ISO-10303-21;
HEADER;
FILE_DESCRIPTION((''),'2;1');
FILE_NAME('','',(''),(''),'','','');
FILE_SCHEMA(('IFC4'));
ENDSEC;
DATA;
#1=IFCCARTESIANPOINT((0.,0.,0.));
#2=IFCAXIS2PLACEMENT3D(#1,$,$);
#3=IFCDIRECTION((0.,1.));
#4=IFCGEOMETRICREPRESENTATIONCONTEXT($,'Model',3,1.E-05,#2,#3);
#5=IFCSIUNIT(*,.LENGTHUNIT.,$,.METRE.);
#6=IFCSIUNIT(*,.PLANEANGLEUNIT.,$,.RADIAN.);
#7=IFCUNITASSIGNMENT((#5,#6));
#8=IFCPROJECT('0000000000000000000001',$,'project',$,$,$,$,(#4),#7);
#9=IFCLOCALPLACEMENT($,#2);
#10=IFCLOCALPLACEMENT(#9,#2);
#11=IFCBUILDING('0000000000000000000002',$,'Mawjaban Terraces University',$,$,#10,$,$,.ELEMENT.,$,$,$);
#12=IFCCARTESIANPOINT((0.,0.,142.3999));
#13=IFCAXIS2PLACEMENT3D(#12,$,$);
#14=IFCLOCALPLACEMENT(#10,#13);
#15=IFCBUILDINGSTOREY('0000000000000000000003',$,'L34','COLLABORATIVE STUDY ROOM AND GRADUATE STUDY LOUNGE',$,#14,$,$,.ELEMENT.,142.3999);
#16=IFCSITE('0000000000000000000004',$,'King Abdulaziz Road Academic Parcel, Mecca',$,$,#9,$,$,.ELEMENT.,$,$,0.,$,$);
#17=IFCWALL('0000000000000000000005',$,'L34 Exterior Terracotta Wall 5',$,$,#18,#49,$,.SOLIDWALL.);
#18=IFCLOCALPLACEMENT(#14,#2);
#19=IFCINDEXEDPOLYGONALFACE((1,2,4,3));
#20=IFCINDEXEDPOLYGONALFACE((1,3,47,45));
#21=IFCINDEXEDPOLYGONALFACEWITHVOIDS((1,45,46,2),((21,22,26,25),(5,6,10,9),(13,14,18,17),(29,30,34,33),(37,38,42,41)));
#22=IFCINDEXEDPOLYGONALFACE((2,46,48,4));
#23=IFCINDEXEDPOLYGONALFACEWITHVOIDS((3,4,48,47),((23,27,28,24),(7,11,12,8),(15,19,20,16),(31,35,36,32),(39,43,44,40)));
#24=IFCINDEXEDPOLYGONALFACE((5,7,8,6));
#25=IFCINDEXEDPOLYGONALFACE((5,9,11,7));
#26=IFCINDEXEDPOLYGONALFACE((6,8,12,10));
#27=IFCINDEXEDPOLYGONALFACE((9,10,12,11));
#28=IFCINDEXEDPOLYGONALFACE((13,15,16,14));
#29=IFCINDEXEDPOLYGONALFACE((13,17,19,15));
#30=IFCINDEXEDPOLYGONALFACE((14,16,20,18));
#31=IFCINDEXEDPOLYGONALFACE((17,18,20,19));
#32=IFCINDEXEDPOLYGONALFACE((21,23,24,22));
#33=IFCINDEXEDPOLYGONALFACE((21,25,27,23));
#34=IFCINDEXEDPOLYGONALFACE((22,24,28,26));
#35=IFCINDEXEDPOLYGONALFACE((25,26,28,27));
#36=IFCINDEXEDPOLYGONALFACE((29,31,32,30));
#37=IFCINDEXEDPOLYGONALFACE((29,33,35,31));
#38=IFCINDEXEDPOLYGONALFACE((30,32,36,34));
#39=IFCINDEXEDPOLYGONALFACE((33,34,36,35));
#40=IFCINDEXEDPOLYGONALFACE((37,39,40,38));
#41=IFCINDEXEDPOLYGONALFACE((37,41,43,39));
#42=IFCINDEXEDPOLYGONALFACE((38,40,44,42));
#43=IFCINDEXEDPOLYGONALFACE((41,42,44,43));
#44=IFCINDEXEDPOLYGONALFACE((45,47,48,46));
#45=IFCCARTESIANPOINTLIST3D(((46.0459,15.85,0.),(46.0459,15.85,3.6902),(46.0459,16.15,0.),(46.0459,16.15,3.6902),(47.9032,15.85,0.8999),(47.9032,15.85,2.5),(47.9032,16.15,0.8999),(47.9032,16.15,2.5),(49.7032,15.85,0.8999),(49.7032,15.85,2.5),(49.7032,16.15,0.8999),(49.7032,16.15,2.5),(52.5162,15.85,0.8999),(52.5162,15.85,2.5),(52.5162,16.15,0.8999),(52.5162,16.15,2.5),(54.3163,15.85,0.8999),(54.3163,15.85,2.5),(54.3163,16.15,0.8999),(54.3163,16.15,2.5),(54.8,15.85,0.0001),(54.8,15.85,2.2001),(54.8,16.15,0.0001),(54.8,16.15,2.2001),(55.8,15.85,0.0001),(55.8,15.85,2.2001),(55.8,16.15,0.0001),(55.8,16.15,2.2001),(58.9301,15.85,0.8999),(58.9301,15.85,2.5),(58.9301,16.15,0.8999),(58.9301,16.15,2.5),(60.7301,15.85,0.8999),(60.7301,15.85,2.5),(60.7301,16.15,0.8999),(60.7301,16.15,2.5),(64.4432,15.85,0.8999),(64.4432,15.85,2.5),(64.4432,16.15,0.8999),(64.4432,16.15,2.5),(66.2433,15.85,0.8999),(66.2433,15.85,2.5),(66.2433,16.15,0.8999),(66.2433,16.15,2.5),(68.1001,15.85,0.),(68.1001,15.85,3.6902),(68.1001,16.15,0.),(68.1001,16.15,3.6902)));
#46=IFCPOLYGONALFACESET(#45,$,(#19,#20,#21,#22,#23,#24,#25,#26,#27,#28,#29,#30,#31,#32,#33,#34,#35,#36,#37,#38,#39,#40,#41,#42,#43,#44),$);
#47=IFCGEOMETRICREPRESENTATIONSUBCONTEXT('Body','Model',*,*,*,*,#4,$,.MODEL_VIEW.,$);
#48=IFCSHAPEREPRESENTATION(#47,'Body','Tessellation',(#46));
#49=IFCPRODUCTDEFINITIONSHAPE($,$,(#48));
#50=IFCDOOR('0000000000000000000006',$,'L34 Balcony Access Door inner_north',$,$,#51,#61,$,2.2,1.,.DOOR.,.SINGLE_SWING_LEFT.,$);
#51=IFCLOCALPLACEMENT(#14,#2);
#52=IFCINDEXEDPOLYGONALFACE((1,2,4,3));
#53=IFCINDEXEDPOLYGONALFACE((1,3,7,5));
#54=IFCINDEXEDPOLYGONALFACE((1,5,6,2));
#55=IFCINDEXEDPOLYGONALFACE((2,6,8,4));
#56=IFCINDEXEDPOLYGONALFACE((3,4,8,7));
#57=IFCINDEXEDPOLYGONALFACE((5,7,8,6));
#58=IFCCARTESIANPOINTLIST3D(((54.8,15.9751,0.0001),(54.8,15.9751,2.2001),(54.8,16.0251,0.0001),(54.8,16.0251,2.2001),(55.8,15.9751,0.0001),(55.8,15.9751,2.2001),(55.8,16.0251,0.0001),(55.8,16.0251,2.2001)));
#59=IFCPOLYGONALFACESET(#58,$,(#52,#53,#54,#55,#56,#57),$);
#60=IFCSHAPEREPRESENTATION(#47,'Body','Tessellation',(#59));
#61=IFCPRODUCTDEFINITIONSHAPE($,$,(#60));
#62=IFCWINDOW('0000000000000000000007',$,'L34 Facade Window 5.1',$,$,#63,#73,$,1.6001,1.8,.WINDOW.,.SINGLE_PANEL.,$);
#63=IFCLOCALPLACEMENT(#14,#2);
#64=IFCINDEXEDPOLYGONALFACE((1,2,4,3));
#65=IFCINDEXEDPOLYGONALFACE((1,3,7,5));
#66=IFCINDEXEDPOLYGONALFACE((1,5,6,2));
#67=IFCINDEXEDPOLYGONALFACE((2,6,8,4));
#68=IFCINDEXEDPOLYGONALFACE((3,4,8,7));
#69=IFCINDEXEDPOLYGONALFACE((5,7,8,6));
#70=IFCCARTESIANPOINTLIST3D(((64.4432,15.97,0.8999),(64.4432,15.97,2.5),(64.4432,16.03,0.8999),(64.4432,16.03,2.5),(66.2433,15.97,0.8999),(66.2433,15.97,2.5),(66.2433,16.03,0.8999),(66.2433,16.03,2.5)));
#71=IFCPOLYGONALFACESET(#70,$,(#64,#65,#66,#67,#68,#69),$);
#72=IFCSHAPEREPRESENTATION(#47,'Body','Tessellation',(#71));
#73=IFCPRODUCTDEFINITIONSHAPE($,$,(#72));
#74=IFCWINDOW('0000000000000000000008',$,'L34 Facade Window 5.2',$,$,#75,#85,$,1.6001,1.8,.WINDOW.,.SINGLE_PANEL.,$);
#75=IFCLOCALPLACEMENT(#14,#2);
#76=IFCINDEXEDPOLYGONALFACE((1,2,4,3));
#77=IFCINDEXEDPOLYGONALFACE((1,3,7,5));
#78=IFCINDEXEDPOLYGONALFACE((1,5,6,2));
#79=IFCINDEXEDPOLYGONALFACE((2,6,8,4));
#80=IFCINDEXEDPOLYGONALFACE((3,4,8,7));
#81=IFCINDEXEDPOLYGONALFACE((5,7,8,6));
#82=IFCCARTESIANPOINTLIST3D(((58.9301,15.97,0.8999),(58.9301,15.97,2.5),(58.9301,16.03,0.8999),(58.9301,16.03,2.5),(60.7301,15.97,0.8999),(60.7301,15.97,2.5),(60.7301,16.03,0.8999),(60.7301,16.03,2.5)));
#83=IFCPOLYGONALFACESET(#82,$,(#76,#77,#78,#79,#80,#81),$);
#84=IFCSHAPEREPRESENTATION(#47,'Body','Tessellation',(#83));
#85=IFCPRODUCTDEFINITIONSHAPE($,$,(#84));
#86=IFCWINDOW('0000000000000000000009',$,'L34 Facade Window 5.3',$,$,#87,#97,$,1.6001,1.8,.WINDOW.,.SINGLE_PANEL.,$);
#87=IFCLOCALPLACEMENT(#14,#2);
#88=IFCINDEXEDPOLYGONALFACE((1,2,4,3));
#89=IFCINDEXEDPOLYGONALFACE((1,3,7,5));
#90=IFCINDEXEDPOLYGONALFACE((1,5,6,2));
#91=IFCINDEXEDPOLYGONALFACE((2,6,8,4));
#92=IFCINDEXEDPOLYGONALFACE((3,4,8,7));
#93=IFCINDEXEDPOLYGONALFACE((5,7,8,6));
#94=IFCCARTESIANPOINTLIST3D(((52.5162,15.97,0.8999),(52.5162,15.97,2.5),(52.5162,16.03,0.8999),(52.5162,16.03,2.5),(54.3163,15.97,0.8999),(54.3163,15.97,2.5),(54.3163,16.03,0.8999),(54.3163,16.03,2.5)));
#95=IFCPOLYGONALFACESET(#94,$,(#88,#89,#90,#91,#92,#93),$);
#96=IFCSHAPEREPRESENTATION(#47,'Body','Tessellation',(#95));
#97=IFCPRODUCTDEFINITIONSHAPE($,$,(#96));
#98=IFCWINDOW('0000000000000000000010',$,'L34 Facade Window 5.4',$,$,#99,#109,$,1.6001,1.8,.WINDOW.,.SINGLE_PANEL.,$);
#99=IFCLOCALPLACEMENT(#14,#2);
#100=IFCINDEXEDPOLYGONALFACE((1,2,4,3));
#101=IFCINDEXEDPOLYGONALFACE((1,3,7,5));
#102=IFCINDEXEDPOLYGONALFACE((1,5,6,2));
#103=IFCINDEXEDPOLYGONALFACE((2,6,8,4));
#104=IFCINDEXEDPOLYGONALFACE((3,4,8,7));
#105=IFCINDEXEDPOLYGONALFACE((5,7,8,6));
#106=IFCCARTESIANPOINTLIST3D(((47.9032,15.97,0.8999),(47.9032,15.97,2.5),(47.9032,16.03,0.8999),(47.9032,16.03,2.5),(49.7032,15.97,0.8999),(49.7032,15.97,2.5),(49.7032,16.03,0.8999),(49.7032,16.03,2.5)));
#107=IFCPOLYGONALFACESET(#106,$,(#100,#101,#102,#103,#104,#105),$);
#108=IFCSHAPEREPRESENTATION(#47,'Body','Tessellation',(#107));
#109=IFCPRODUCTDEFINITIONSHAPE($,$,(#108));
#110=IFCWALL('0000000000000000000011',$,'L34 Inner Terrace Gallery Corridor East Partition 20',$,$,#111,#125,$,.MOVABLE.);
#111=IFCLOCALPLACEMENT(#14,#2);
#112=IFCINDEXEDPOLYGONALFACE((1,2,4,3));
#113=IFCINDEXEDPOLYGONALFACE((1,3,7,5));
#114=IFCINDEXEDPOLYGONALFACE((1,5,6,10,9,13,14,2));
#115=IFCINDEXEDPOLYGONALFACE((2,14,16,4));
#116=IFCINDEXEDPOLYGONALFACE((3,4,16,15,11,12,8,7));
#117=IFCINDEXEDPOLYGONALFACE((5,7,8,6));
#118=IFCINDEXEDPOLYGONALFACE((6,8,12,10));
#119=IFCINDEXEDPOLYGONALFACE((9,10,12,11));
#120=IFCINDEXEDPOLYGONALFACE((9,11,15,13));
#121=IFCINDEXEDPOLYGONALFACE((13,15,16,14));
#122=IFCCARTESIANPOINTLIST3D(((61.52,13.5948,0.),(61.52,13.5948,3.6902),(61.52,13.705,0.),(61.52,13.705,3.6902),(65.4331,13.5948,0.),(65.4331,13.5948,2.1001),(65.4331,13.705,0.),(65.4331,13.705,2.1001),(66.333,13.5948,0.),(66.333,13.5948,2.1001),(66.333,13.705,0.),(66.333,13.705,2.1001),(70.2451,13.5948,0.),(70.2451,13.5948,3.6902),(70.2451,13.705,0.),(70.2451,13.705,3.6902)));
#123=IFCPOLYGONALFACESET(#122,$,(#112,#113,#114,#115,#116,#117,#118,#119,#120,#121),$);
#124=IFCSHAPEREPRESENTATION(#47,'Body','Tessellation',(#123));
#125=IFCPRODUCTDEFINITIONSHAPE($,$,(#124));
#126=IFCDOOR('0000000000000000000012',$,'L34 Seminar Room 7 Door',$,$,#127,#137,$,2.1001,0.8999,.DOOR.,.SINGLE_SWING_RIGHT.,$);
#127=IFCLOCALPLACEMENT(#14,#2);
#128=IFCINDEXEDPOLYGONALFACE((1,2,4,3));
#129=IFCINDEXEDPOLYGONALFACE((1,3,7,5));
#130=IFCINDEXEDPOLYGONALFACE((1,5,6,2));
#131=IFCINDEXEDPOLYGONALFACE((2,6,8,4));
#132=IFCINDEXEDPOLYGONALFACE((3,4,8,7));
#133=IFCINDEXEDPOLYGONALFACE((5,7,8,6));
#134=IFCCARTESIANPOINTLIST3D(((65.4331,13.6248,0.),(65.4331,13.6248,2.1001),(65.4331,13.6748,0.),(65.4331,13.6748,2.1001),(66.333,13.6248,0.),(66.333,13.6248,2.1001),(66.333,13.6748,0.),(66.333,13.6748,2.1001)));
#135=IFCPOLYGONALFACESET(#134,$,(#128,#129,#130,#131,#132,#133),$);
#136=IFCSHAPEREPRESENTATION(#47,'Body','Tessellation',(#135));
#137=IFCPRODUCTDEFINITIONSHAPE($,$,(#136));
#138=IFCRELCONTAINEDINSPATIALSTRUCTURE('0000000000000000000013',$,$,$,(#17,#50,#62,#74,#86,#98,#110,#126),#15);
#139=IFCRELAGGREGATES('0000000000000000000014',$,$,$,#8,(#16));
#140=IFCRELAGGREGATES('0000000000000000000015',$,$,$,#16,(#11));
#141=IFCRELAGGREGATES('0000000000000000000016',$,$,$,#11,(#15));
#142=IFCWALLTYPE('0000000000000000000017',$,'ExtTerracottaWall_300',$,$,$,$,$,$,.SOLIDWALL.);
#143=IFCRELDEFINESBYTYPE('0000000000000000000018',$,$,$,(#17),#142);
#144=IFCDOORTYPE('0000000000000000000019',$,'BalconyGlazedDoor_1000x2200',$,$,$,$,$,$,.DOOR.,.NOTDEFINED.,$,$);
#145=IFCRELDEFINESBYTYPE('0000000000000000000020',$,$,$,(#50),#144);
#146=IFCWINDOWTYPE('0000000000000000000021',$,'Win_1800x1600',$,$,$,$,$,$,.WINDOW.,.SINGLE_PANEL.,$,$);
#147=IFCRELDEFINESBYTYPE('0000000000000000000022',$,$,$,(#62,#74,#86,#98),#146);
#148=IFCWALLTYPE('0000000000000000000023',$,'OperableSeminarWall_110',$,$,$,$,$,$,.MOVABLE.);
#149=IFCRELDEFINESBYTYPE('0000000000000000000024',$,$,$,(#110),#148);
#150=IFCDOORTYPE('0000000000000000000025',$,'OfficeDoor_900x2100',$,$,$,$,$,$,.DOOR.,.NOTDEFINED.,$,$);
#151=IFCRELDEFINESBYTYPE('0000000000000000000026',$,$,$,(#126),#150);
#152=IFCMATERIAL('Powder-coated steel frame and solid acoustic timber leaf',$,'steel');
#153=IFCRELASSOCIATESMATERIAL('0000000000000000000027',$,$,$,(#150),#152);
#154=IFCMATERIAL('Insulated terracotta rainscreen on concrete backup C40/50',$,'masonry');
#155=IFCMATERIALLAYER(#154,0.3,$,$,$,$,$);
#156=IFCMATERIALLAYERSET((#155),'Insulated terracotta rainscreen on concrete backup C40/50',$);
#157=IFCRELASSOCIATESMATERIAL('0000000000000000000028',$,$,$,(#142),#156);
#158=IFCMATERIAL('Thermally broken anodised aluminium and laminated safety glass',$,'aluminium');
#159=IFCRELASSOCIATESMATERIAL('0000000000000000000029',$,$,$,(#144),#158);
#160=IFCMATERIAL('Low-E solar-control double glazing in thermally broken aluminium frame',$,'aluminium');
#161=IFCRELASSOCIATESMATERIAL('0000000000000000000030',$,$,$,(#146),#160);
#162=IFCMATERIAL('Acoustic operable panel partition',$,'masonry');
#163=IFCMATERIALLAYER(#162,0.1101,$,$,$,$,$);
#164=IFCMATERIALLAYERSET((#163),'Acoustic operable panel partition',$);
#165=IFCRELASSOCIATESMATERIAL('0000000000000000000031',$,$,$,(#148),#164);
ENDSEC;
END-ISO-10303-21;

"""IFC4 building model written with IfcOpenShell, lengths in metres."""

from ifc_helpers import new_model, si_unit, direction, frame, frame_2d, origin, place, context, subcontext, project, spatial, rectangle, extrude, material, layer, layer_set, type_object, element, fill, save


model = new_model("IFC4")

# Units and contexts
model_context = context("Model", 3, precision=1e-05, world=origin(), true_north=direction((0.0, 1.0)))
body_context = subcontext(model_context, "Body", "Model", "MODEL_VIEW")
ifc_project = project(units=[si_unit("LENGTHUNIT", "METRE"), si_unit("PLANEANGLEUNIT", "RADIAN")], contexts=[model_context])

# Site, building, storey
site_placement = place(None, origin())
site = spatial("IfcSite", under=ifc_project, at=site_placement, Name="King Abdulaziz Road Academic Parcel, Mecca", CompositionType="ELEMENT", RefElevation=0.0)
building_placement = place(site_placement, origin())
building = spatial("IfcBuilding", under=site, at=building_placement, Name="Mawjaban Terraces University", CompositionType="ELEMENT")
storey_placement = place(building_placement, frame((0.0, 0.0, 142.3999)))
storey = spatial("IfcBuildingStorey", under=building, at=storey_placement, Name="L34", Description="COLLABORATIVE STUDY ROOM AND GRADUATE STUDY LOUNGE", CompositionType="ELEMENT", Elevation=142.3999)

# Shared definitions
ifc_material_1 = material(Name="Powder-coated steel frame and solid acoustic timber leaf", Category="steel")
door_type_1 = type_object("IfcDoorType", Name="OfficeDoor_900x2100", OperationType="NOTDEFINED", PredefinedType="DOOR", material=ifc_material_1)

# Shared definitions
ifc_material_2 = material(Name="Insulated terracotta rainscreen on concrete backup C40/50", Category="masonry")
ifc_layer_1 = layer(ifc_material_2, 0.3)
ifc_layer_set_1 = layer_set([ifc_layer_1], Name="Insulated terracotta rainscreen on concrete backup C40/50")
wall_type_1 = type_object("IfcWallType", Name="ExtTerracottaWall_300", PredefinedType="SOLIDWALL", material=ifc_layer_set_1)

# Wall, openings, door, windows
wall_1_placement = place(storey_placement, frame((68.1001, 16.0, 0.0), z_axis=(0.0, 0.0, 1.0), x_axis=(-1.0, 0.0, 0.0)))
wall_1 = element("IfcWall", 1, at=wall_1_placement, inside=storey, type_object=wall_type_1, Name="L34 Exterior Terracotta Wall 5", PredefinedType="SOLIDWALL", context=body_context, shape_type="SweptSolid", body=[
    extrude(rectangle(XDim=22.0542, YDim=0.3, at=frame_2d((11.0271, 0.0))), origin(), (0.0, 0.0, 1.0), 3.6902),
])
opening_1_placement = place(wall_1_placement, frame((12.3, 0.0, 0.0)))
opening_1 = element("IfcOpeningElement", 2, at=opening_1_placement, cuts=wall_1, PredefinedType="OPENING", context=body_context, shape_type="SweptSolid", body=[
    extrude(rectangle(XDim=1.0, YDim=2.2, at=frame_2d((0.5, 1.1001))), frame((0.0, 0.1599, 0.0), z_axis=(0.0, -1.0, 0.0), x_axis=(1.0, 0.0, 0.0)), (0.0, 0.0, 1.0), 0.3201),
])
opening_2_placement = place(wall_1_placement, frame((1.8569, 0.0, 0.8999)))
opening_2 = element("IfcOpeningElement", 3, at=opening_2_placement, cuts=wall_1, PredefinedType="OPENING", context=body_context, shape_type="SweptSolid", body=[
    extrude(rectangle(XDim=1.8, YDim=1.6001, at=frame_2d((0.8999, 0.8))), frame((0.0, 0.1599, 0.0), z_axis=(0.0, -1.0, 0.0), x_axis=(1.0, 0.0, 0.0)), (0.0, 0.0, 1.0), 0.3201),
])
opening_3_placement = place(wall_1_placement, frame((7.3701, 0.0, 0.8999)))
opening_3 = element("IfcOpeningElement", 4, at=opening_3_placement, cuts=wall_1, PredefinedType="OPENING", context=body_context, shape_type="SweptSolid", body=[
    extrude(rectangle(XDim=1.8, YDim=1.6001, at=frame_2d((0.8999, 0.8))), frame((0.0, 0.1599, 0.0), z_axis=(0.0, -1.0, 0.0), x_axis=(1.0, 0.0, 0.0)), (0.0, 0.0, 1.0), 0.3201),
])
opening_4_placement = place(wall_1_placement, frame((13.7839, 0.0, 0.8999)))
opening_4 = element("IfcOpeningElement", 5, at=opening_4_placement, cuts=wall_1, PredefinedType="OPENING", context=body_context, shape_type="SweptSolid", body=[
    extrude(rectangle(XDim=1.8, YDim=1.6001, at=frame_2d((0.8999, 0.8))), frame((0.0, 0.1599, 0.0), z_axis=(0.0, -1.0, 0.0), x_axis=(1.0, 0.0, 0.0)), (0.0, 0.0, 1.0), 0.3201),
])
opening_5_placement = place(wall_1_placement, frame((18.397, 0.0, 0.8999)))
opening_5 = element("IfcOpeningElement", 6, at=opening_5_placement, cuts=wall_1, PredefinedType="OPENING", context=body_context, shape_type="SweptSolid", body=[
    extrude(rectangle(XDim=1.8, YDim=1.6001, at=frame_2d((0.8999, 0.8))), frame((0.0, 0.1599, 0.0), z_axis=(0.0, -1.0, 0.0), x_axis=(1.0, 0.0, 0.0)), (0.0, 0.0, 1.0), 0.3201),
])
ifc_material_3 = material(Name="Thermally broken anodised aluminium and laminated safety glass", Category="aluminium")
door_type_2 = type_object("IfcDoorType", Name="BalconyGlazedDoor_1000x2200", OperationType="NOTDEFINED", PredefinedType="DOOR", material=ifc_material_3)
door_1_placement = place(opening_1_placement, origin())
door_1 = element("IfcDoor", 7, at=door_1_placement, inside=storey, type_object=door_type_2, Name="L34 Balcony Access Door inner_north", OperationType="SINGLE_SWING_LEFT", OverallHeight=2.2, OverallWidth=1.0, PredefinedType="DOOR", context=body_context, shape_type="SweptSolid", body=[
    extrude(rectangle(XDim=1.0, YDim=2.2, at=frame_2d((0.5, 1.1001))), frame((0.0, 0.0249, 0.0), z_axis=(0.0, -1.0, 0.0), x_axis=(1.0, 0.0, 0.0)), (0.0, 0.0, 1.0), 0.05),
])
fill(opening_1, door_1)
ifc_material_4 = material(Name="Low-E solar-control double glazing in thermally broken aluminium frame", Category="aluminium")
window_type = type_object("IfcWindowType", Name="Win_1800x1600", PartitioningType="SINGLE_PANEL", PredefinedType="WINDOW", material=ifc_material_4)
window_1_placement = place(opening_2_placement, origin())
window_1 = element("IfcWindow", 8, at=window_1_placement, inside=storey, type_object=window_type, Name="L34 Facade Window 5.1", OverallHeight=1.6001, OverallWidth=1.8, PartitioningType="SINGLE_PANEL", PredefinedType="WINDOW", context=body_context, shape_type="SweptSolid", body=[
    extrude(rectangle(XDim=1.8, YDim=1.6001, at=frame_2d((0.8999, 0.8))), frame((0.0, 0.03, 0.0), z_axis=(0.0, -1.0, 0.0), x_axis=(1.0, 0.0, 0.0)), (0.0, 0.0, 1.0), 0.0601),
])
fill(opening_2, window_1)
window_2_placement = place(opening_3_placement, origin())
window_2 = element("IfcWindow", 9, at=window_2_placement, inside=storey, type_object=window_type, Name="L34 Facade Window 5.2", OverallHeight=1.6001, OverallWidth=1.8, PartitioningType="SINGLE_PANEL", PredefinedType="WINDOW", context=body_context, shape_type="SweptSolid", body=[
    extrude(rectangle(XDim=1.8, YDim=1.6001, at=frame_2d((0.8999, 0.8))), frame((0.0, 0.03, 0.0), z_axis=(0.0, -1.0, 0.0), x_axis=(1.0, 0.0, 0.0)), (0.0, 0.0, 1.0), 0.0601),
])
fill(opening_3, window_2)
window_3_placement = place(opening_4_placement, origin())
window_3 = element("IfcWindow", 10, at=window_3_placement, inside=storey, type_object=window_type, Name="L34 Facade Window 5.3", OverallHeight=1.6001, OverallWidth=1.8, PartitioningType="SINGLE_PANEL", PredefinedType="WINDOW", context=body_context, shape_type="SweptSolid", body=[
    extrude(rectangle(XDim=1.8, YDim=1.6001, at=frame_2d((0.8999, 0.8))), frame((0.0, 0.03, 0.0), z_axis=(0.0, -1.0, 0.0), x_axis=(1.0, 0.0, 0.0)), (0.0, 0.0, 1.0), 0.0601),
])
fill(opening_4, window_3)
window_4_placement = place(opening_5_placement, origin())
window_4 = element("IfcWindow", 11, at=window_4_placement, inside=storey, type_object=window_type, Name="L34 Facade Window 5.4", OverallHeight=1.6001, OverallWidth=1.8, PartitioningType="SINGLE_PANEL", PredefinedType="WINDOW", context=body_context, shape_type="SweptSolid", body=[
    extrude(rectangle(XDim=1.8, YDim=1.6001, at=frame_2d((0.8999, 0.8))), frame((0.0, 0.03, 0.0), z_axis=(0.0, -1.0, 0.0), x_axis=(1.0, 0.0, 0.0)), (0.0, 0.0, 1.0), 0.0601),
])
fill(opening_5, window_4)

# Wall, opening, door
ifc_material_5 = material(Name="Acoustic operable panel partition", Category="masonry")
ifc_layer_2 = layer(ifc_material_5, 0.1101)
ifc_layer_set_2 = layer_set([ifc_layer_2], Name="Acoustic operable panel partition")
wall_type_2 = type_object("IfcWallType", Name="OperableSeminarWall_110", PredefinedType="MOVABLE", material=ifc_layer_set_2)
wall_2_placement = place(storey_placement, frame((61.52, 13.6499, 0.0), z_axis=(0.0, 0.0, 1.0), x_axis=(1.0, 0.0, 0.0)))
wall_2 = element("IfcWall", 12, at=wall_2_placement, inside=storey, type_object=wall_type_2, Name="L34 Inner Terrace Gallery Corridor East Partition 20", PredefinedType="MOVABLE", context=body_context, shape_type="SweptSolid", body=[
    extrude(rectangle(XDim=8.7251, YDim=0.1101, at=frame_2d((4.3625, 0.0))), origin(), (0.0, 0.0, 1.0), 3.6902),
])
opening_6_placement = place(wall_2_placement, frame((3.9131, 0.0, 0.0)))
opening_6 = element("IfcOpeningElement", 13, at=opening_6_placement, cuts=wall_2, PredefinedType="OPENING", context=body_context, shape_type="SweptSolid", body=[
    extrude(rectangle(XDim=0.8999, YDim=2.1001, at=frame_2d((0.45, 1.05))), frame((0.0, 0.0649, 0.0), z_axis=(0.0, -1.0, 0.0), x_axis=(1.0, 0.0, 0.0)), (0.0, 0.0, 1.0), 0.1301),
])
door_2_placement = place(opening_6_placement, origin())
door_2 = element("IfcDoor", 14, at=door_2_placement, inside=storey, type_object=door_type_1, Name="L34 Seminar Room 7 Door", OperationType="SINGLE_SWING_RIGHT", OverallHeight=2.1001, OverallWidth=0.8999, PredefinedType="DOOR", context=body_context, shape_type="SweptSolid", body=[
    extrude(rectangle(XDim=0.8999, YDim=2.1001, at=frame_2d((0.45, 1.05))), frame((0.0, 0.0249, 0.0), z_axis=(0.0, -1.0, 0.0), x_axis=(1.0, 0.0, 0.0)), (0.0, 0.0, 1.0), 0.05),
])
fill(opening_6, door_2)

save(model, "model.ifc")
